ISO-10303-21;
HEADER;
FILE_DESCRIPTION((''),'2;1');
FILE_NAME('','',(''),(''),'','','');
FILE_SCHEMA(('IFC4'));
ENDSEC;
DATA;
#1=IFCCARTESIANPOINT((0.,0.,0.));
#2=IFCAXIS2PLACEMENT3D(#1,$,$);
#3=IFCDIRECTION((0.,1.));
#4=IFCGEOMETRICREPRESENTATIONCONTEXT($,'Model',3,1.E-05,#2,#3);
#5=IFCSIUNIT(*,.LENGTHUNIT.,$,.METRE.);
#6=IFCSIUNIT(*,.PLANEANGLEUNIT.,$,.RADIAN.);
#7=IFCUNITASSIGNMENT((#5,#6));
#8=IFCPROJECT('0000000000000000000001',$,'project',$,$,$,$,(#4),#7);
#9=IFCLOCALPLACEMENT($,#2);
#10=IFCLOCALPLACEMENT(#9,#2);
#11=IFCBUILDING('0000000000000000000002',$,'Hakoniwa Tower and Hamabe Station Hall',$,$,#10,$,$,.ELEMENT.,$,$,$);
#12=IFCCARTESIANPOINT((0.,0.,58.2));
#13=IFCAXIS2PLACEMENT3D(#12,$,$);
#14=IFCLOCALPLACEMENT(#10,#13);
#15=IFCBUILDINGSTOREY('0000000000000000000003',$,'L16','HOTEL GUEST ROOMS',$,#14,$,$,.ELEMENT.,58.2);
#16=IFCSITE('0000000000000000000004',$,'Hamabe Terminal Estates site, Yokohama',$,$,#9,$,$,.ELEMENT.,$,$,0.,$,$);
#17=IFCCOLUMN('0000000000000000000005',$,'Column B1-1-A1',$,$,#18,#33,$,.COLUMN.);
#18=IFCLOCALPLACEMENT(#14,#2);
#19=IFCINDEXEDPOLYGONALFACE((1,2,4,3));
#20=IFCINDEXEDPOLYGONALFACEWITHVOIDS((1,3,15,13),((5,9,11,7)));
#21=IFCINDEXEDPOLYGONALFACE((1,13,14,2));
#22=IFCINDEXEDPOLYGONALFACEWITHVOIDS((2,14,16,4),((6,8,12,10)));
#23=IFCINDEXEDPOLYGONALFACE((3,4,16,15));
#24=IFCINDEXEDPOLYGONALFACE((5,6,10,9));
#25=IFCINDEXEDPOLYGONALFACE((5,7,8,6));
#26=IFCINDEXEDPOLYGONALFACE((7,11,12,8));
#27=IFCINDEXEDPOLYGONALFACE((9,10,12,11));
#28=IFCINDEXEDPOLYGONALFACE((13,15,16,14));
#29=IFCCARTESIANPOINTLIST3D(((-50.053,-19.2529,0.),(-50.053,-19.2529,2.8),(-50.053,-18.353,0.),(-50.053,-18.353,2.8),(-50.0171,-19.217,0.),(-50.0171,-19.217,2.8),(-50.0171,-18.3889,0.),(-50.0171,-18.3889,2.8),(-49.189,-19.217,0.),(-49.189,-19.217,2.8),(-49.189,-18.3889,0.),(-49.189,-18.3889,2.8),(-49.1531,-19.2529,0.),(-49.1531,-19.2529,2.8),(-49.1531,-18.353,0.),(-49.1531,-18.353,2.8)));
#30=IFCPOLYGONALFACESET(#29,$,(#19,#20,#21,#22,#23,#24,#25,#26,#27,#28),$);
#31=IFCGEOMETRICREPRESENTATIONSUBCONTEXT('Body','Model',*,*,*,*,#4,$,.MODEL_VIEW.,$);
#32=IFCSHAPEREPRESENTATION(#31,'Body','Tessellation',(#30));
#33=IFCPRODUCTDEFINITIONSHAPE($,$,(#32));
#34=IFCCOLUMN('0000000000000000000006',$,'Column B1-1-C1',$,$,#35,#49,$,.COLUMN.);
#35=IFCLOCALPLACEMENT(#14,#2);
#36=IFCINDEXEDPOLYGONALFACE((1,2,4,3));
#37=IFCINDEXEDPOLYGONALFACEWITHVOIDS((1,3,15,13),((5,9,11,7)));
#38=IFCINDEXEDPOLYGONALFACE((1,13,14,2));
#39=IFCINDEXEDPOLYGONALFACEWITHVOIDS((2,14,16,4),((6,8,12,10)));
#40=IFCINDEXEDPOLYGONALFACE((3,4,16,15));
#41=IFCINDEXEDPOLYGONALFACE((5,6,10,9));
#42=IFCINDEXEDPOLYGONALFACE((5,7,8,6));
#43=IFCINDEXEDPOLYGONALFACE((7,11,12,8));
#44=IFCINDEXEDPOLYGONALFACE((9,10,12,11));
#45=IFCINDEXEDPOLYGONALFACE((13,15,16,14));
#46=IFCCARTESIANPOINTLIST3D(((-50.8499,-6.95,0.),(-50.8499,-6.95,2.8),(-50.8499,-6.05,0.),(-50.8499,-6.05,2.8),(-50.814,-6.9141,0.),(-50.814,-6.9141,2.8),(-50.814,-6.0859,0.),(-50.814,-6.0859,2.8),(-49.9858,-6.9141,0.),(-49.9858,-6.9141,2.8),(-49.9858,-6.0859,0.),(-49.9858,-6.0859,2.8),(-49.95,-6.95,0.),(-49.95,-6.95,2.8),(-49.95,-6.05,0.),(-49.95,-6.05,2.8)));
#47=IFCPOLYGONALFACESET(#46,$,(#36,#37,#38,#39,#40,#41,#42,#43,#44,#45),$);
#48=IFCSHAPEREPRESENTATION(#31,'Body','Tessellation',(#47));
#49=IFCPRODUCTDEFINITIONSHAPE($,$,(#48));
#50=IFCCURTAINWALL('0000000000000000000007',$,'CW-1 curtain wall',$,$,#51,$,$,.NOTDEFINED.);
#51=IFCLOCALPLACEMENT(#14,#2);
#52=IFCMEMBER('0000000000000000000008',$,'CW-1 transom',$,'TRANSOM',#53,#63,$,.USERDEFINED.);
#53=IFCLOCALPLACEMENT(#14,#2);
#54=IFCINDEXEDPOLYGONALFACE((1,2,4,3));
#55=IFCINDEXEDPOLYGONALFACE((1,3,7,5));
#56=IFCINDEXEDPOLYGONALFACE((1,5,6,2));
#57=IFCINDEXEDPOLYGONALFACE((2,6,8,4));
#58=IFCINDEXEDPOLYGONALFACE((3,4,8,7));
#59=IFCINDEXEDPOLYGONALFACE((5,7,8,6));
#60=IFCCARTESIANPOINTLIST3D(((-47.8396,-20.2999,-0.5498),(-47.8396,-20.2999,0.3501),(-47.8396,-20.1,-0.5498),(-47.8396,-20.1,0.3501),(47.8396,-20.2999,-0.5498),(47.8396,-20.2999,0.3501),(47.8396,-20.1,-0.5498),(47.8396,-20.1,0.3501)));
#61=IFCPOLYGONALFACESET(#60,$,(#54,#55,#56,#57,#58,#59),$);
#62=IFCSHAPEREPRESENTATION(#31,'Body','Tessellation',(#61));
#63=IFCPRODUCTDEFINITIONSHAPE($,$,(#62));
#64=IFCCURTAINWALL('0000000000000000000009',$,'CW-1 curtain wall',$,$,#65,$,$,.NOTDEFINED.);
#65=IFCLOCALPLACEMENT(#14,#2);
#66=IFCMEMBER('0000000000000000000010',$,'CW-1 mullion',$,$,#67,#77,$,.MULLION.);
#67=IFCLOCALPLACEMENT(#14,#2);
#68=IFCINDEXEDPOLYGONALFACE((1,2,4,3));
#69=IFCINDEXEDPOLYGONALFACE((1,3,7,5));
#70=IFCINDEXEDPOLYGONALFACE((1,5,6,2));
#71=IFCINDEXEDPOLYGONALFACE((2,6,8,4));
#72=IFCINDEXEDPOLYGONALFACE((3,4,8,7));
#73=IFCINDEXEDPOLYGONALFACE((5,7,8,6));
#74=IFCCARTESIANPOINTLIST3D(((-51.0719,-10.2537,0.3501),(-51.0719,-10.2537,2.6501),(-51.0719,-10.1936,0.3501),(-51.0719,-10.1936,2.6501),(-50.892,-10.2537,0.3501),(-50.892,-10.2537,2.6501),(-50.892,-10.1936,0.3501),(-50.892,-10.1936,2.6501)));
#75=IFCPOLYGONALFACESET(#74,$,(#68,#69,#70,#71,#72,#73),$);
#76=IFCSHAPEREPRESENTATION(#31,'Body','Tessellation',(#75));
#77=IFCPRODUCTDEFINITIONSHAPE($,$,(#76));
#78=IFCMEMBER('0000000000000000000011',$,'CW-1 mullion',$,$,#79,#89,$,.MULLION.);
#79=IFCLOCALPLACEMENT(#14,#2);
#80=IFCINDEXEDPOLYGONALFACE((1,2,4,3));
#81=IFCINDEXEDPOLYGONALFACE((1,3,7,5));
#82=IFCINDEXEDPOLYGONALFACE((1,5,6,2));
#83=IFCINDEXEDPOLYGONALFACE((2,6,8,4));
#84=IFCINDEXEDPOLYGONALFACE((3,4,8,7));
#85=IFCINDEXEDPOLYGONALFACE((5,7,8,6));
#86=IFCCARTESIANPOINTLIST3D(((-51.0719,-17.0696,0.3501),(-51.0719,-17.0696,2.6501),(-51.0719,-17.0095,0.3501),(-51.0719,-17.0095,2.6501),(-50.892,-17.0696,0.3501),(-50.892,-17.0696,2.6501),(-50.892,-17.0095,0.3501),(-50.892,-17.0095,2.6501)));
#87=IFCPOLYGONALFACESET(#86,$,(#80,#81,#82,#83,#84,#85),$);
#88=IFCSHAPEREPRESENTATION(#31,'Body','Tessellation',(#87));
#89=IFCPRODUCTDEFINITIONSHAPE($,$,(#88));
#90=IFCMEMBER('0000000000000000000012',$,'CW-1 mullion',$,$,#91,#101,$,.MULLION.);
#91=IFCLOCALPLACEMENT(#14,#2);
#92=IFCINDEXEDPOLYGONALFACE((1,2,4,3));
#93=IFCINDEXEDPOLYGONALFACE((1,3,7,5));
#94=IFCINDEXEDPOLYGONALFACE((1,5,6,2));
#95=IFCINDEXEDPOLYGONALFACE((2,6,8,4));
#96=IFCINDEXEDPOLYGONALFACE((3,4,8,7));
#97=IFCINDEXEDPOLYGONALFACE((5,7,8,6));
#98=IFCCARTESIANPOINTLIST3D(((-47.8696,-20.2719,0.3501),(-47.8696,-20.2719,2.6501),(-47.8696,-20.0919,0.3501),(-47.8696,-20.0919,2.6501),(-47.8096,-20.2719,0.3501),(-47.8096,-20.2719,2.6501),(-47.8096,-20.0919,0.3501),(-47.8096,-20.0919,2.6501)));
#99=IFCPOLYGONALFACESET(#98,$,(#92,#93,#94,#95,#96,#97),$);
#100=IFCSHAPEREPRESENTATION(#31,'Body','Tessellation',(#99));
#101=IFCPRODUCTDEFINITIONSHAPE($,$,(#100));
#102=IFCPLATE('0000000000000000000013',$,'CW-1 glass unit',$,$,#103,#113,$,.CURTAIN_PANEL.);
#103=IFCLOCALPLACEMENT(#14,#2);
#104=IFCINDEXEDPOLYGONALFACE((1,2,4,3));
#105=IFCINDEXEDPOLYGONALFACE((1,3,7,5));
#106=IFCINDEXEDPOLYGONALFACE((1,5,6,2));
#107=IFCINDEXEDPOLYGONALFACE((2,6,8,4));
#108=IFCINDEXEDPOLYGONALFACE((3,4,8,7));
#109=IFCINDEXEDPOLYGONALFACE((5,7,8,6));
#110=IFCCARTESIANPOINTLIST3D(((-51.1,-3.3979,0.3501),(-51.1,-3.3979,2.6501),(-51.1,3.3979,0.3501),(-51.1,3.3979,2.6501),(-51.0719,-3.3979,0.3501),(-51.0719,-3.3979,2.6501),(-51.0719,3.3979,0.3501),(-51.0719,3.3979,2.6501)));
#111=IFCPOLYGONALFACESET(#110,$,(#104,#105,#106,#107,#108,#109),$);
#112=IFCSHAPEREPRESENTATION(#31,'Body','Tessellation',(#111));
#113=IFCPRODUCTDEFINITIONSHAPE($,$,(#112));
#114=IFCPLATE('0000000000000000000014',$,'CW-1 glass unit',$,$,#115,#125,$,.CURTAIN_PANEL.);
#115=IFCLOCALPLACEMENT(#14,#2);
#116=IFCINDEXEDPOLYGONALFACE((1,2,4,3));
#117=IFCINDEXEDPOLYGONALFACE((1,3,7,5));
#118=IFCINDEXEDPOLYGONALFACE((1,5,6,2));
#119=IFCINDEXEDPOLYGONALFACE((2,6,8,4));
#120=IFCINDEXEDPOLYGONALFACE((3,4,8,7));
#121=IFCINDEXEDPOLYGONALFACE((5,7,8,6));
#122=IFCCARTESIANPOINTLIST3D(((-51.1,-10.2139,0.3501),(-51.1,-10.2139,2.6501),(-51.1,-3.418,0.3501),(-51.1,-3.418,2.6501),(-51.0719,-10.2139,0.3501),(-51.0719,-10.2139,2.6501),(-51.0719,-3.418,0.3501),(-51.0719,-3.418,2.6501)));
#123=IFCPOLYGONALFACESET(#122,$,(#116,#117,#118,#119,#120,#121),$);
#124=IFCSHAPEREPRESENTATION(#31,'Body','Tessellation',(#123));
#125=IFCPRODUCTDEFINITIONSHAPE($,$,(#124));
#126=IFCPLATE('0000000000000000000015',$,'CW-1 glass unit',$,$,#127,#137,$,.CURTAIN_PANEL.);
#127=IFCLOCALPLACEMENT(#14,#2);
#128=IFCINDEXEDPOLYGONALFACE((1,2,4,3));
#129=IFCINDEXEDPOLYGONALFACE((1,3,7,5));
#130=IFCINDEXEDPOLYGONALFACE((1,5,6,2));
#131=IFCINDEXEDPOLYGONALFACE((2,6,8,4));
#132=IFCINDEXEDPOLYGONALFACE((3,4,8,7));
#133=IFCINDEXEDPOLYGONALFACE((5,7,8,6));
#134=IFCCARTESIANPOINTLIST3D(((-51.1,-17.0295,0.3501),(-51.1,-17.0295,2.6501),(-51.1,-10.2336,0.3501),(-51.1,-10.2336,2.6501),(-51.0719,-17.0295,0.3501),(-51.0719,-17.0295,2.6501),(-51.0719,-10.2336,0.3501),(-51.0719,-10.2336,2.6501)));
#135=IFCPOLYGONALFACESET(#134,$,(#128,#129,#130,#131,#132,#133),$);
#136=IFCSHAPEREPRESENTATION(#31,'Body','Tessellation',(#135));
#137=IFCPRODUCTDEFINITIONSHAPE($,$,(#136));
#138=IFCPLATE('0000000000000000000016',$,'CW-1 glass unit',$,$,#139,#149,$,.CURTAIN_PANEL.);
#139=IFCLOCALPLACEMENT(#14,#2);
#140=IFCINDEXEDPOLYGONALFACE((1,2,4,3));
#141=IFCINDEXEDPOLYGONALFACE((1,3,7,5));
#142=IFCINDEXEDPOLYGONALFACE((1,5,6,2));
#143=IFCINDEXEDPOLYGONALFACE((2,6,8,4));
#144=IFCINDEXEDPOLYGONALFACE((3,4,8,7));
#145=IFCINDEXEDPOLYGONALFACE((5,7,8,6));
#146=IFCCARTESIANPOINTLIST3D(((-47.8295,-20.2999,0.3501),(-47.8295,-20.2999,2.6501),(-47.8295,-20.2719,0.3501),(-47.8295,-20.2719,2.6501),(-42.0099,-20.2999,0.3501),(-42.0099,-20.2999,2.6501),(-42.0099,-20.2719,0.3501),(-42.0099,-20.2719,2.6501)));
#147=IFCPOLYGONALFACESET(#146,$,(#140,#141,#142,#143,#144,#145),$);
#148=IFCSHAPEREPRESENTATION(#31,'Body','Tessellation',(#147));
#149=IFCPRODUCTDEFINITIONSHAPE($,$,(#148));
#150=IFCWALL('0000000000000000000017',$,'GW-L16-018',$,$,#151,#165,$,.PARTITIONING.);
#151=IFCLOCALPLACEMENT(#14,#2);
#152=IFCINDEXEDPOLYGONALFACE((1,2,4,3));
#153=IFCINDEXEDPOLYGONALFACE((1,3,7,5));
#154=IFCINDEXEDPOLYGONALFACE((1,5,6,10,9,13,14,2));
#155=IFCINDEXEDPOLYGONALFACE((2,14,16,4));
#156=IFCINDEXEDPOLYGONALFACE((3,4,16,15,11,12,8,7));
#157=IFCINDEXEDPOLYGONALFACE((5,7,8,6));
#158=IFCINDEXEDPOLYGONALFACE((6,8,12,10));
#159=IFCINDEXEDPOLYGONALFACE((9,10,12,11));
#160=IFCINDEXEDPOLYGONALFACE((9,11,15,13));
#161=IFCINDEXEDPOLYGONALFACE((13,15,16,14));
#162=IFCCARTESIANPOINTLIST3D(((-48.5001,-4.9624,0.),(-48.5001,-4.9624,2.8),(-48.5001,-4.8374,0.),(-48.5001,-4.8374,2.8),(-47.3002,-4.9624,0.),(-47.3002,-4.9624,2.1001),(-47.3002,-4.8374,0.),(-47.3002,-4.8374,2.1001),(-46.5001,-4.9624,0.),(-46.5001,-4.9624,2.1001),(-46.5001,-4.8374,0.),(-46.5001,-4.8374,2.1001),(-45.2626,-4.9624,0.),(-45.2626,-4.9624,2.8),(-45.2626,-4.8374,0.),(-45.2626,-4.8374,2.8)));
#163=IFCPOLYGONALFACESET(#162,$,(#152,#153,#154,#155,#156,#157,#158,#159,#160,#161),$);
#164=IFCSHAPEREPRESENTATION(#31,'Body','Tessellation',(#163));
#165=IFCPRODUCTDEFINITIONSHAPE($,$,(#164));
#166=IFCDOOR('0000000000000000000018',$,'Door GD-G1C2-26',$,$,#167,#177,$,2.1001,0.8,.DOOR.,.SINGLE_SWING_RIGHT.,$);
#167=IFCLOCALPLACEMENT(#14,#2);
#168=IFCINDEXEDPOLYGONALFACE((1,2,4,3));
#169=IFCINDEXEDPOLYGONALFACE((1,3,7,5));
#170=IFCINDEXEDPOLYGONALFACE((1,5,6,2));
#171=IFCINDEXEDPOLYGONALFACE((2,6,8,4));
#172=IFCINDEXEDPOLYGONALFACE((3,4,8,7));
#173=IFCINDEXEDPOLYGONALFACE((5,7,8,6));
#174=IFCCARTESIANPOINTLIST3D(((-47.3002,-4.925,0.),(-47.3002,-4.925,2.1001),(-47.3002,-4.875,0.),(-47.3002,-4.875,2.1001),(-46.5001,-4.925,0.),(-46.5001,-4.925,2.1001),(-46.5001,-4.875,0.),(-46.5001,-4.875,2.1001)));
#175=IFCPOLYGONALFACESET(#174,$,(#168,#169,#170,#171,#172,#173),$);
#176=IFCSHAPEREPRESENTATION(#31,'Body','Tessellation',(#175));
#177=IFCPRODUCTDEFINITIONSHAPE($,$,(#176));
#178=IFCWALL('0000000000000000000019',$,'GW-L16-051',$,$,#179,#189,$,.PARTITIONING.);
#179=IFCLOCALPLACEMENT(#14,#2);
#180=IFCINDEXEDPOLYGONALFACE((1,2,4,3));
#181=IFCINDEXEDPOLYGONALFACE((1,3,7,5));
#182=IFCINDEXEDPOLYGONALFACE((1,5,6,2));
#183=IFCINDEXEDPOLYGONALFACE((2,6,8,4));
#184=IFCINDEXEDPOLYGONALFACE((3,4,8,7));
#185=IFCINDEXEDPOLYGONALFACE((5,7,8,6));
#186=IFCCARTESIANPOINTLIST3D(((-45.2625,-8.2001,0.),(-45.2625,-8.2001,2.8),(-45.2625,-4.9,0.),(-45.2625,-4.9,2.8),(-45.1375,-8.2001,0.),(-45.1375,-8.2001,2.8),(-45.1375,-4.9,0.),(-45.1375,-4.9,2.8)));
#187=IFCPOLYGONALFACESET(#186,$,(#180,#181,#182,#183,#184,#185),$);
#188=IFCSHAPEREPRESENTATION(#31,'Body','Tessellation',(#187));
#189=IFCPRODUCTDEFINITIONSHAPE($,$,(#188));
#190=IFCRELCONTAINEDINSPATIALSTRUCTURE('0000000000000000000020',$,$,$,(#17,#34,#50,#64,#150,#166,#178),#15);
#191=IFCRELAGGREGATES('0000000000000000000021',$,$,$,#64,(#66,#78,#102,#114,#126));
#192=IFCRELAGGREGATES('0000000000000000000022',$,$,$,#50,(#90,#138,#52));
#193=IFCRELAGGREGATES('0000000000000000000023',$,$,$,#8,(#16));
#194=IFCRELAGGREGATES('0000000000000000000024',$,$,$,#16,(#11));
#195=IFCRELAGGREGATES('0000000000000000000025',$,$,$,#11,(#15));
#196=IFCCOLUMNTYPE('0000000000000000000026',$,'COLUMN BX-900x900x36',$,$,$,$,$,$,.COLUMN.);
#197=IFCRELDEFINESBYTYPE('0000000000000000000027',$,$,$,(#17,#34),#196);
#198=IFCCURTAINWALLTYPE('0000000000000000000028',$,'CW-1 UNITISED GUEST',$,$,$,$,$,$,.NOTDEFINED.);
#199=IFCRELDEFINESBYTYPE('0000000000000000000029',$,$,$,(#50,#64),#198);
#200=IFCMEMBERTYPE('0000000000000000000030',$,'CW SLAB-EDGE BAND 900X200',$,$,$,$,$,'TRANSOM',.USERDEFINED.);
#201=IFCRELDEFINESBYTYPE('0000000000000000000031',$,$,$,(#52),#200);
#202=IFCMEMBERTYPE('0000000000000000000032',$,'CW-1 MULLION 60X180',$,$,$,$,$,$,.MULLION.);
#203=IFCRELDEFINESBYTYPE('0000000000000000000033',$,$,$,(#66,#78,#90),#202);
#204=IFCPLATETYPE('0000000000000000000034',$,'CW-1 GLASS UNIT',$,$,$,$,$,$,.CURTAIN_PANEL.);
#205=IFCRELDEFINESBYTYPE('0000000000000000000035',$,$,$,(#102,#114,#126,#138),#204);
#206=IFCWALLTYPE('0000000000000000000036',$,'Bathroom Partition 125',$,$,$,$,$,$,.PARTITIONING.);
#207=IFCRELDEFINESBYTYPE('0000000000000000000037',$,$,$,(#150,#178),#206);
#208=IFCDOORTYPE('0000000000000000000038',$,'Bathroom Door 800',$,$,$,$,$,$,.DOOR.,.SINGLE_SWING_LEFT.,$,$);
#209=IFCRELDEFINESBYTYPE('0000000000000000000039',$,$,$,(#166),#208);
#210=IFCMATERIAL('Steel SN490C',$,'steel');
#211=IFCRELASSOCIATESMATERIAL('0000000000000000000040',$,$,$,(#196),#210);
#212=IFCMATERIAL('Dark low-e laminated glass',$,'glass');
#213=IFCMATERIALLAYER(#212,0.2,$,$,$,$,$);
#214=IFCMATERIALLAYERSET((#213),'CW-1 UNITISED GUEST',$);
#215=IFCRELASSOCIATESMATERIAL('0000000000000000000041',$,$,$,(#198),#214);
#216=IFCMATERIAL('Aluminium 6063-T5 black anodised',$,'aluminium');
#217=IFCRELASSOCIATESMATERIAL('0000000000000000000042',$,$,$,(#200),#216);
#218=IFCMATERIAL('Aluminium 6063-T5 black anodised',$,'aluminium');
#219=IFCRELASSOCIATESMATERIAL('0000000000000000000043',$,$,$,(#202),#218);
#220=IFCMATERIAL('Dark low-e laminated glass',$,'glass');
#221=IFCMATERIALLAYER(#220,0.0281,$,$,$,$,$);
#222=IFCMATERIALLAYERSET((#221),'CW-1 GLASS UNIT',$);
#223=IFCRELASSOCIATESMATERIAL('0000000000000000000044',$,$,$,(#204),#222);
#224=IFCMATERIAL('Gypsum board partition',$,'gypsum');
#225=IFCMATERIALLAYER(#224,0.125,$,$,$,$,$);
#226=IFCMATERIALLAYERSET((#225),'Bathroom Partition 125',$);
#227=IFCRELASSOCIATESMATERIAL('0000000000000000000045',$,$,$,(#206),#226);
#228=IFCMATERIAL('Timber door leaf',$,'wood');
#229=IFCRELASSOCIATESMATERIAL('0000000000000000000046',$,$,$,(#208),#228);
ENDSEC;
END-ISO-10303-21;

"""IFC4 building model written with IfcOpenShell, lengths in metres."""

from ifc_helpers import new_model, si_unit, direction, frame, frame_2d, origin, origin_2d, place, context, subcontext, project, spatial, rectangle, hollow_rectangle, extrude, material, layer, layer_set, material_profile, profile_set, type_object, element, fill, aggregate, save


model = new_model("IFC4")

# Units and contexts
model_context = context("Model", 3, precision=1e-05, world=origin(), true_north=direction((0.0, 1.0)))
body_context = subcontext(model_context, "Body", "Model", "MODEL_VIEW")
ifc_project = project(units=[si_unit("LENGTHUNIT", "METRE"), si_unit("PLANEANGLEUNIT", "RADIAN")], contexts=[model_context])

# Site, building, storey
site_placement = place(None, origin())
site = spatial("IfcSite", under=ifc_project, at=site_placement, Name="Hamabe Terminal Estates site, Yokohama", CompositionType="ELEMENT", RefElevation=0.0)
building_placement = place(site_placement, origin())
building = spatial("IfcBuilding", under=site, at=building_placement, Name="Hakoniwa Tower and Hamabe Station Hall", CompositionType="ELEMENT")
storey_placement = place(building_placement, frame((0.0, 0.0, 58.2)))
storey = spatial("IfcBuildingStorey", under=building, at=storey_placement, Name="L16", Description="HOTEL GUEST ROOMS", CompositionType="ELEMENT", Elevation=58.2)

# Columns
ifc_material_1 = material(Name="Steel SN490C", Category="steel")
ifc_material_profile_1 = material_profile(ifc_material_1, hollow_rectangle(XDim=0.8999, YDim=0.8999, WallThickness=0.0359, at=origin_2d()), Name="BX-900x900x36")
ifc_profile_set_1 = profile_set([ifc_material_profile_1], Name="Steel SN490C")
column_type = type_object("IfcColumnType", Name="COLUMN BX-900x900x36", PredefinedType="COLUMN", material=ifc_profile_set_1)
for number, where, z_axis, x_axis, name in (
    (1, (-49.603, -18.803, 0.0), (0.0, 0.0, 1.0), (1.0, 0.0, 0.0), "Column B1-1-A1"),
    (2, (-50.3999, -6.5, 0.0), (0.0, 0.0, 1.0), (1.0, 0.0, 0.0), "Column B1-1-C1"),
):
    element("IfcColumn", number, at=place(storey_placement, frame(where, z_axis=z_axis, x_axis=x_axis)), inside=storey, type_object=column_type, Name=name, PredefinedType="COLUMN", context=body_context, shape_type="SweptSolid", body=[
        extrude(hollow_rectangle(XDim=0.8999, YDim=0.8999, WallThickness=0.0359, at=origin_2d()), origin(), (0.0, 0.0, 1.0), 2.8),
    ])

# Curtain wall, member
ifc_material_2 = material(Name="Dark low-e laminated glass", Category="glass")
ifc_layer_1 = layer(ifc_material_2, 0.2)
ifc_layer_set_1 = layer_set([ifc_layer_1], Name="CW-1 UNITISED GUEST")
curtain_wall_type = type_object("IfcCurtainWallType", Name="CW-1 UNITISED GUEST", PredefinedType="NOTDEFINED", material=ifc_layer_set_1)
curtain_wall_1_placement = place(storey_placement, origin())
curtain_wall_1 = element("IfcCurtainWall", 3, at=curtain_wall_1_placement, inside=storey, type_object=curtain_wall_type, Name="CW-1 curtain wall", PredefinedType="NOTDEFINED")
ifc_material_3 = material(Name="Aluminium 6063-T5 black anodised", Category="aluminium")
ifc_material_profile_2 = material_profile(ifc_material_3, rectangle(XDim=0.2, YDim=0.8999, at=origin_2d()), Name="CW SLAB-EDGE BAND 900X200")
ifc_profile_set_2 = profile_set([ifc_material_profile_2], Name="Aluminium 6063-T5 black anodised")
member_type_1 = type_object("IfcMemberType", Name="CW SLAB-EDGE BAND 900X200", ElementType="TRANSOM", PredefinedType="USERDEFINED", material=ifc_profile_set_2)
member_1_placement = place(storey_placement, frame((-47.8396, -20.2, -0.0999), z_axis=(1.0, 0.0, 0.0), x_axis=(0.0, 1.0, 0.0)))
member_1 = element("IfcMember", 4, at=member_1_placement, type_object=member_type_1, Name="CW-1 transom", ObjectType="TRANSOM", PredefinedType="USERDEFINED", context=body_context, shape_type="SweptSolid", body=[
    extrude(rectangle(XDim=0.2, YDim=0.8999, at=origin_2d()), origin(), (0.0, 0.0, 1.0), 95.6792),
])

# Curtain wall, members
curtain_wall_2_placement = place(storey_placement, origin())
curtain_wall_2 = element("IfcCurtainWall", 5, at=curtain_wall_2_placement, inside=storey, type_object=curtain_wall_type, Name="CW-1 curtain wall", PredefinedType="NOTDEFINED")
ifc_material_4 = material(Name="Aluminium 6063-T5 black anodised", Category="aluminium")
ifc_material_profile_3 = material_profile(ifc_material_4, rectangle(XDim=0.0601, YDim=0.1799, at=origin_2d()), Name="CW-1 MULLION 60X180")
ifc_profile_set_3 = profile_set([ifc_material_profile_3], Name="Aluminium 6063-T5 black anodised")
member_type_2 = type_object("IfcMemberType", Name="CW-1 MULLION 60X180", PredefinedType="MULLION", material=ifc_profile_set_3)
member_2_placement = place(storey_placement, frame((-50.9819, -10.2236, 0.3501), z_axis=(0.0, 0.0, 1.0), x_axis=(0.0, -1.0, 0.0)))
member_2 = element("IfcMember", 6, at=member_2_placement, type_object=member_type_2, Name="CW-1 mullion", PredefinedType="MULLION", context=body_context, shape_type="SweptSolid", body=[
    extrude(rectangle(XDim=0.0601, YDim=0.1799, at=origin_2d()), origin(), (0.0, 0.0, 1.0), 2.3),
])
member_3_placement = place(storey_placement, frame((-50.9819, -17.0396, 0.3501), z_axis=(0.0, 0.0, 1.0), x_axis=(0.0, -1.0, 0.0)))
member_3 = element("IfcMember", 7, at=member_3_placement, type_object=member_type_2, Name="CW-1 mullion", PredefinedType="MULLION", context=body_context, shape_type="SweptSolid", body=[
    extrude(rectangle(XDim=0.0601, YDim=0.1799, at=origin_2d()), origin(), (0.0, 0.0, 1.0), 2.3),
])

# Member
member_4_placement = place(storey_placement, frame((-47.8396, -20.1819, 0.3501), z_axis=(0.0, 0.0, 1.0), x_axis=(1.0, 0.0, 0.0)))
member_4 = element("IfcMember", 8, at=member_4_placement, type_object=member_type_2, Name="CW-1 mullion", PredefinedType="MULLION", context=body_context, shape_type="SweptSolid", body=[
    extrude(rectangle(XDim=0.0601, YDim=0.1799, at=origin_2d()), origin(), (0.0, 0.0, 1.0), 2.3),
])

# Plates
ifc_material_5 = material(Name="Dark low-e laminated glass", Category="glass")
ifc_layer_2 = layer(ifc_material_5, 0.0281)
ifc_layer_set_2 = layer_set([ifc_layer_2], Name="CW-1 GLASS UNIT")
plate_type = type_object("IfcPlateType", Name="CW-1 GLASS UNIT", PredefinedType="CURTAIN_PANEL", material=ifc_layer_set_2)
plate_1_placement = place(storey_placement, frame((-51.0859, 0.0, 0.3501), z_axis=(0.0, 0.0, 1.0), x_axis=(0.0, -1.0, 0.0)))
plate_1 = element("IfcPlate", 9, at=plate_1_placement, type_object=plate_type, Name="CW-1 glass unit", PredefinedType="CURTAIN_PANEL", context=body_context, shape_type="SweptSolid", body=[
    extrude(rectangle(XDim=6.7959, YDim=0.0281, at=origin_2d()), origin(), (0.0, 0.0, 1.0), 2.3),
])
plate_2_placement = place(storey_placement, frame((-51.0859, -6.8159, 0.3501), z_axis=(0.0, 0.0, 1.0), x_axis=(0.0, -1.0, 0.0)))
plate_2 = element("IfcPlate", 10, at=plate_2_placement, type_object=plate_type, Name="CW-1 glass unit", PredefinedType="CURTAIN_PANEL", context=body_context, shape_type="SweptSolid", body=[
    extrude(rectangle(XDim=6.7959, YDim=0.0281, at=origin_2d()), origin(), (0.0, 0.0, 1.0), 2.3),
])
plate_3_placement = place(storey_placement, frame((-51.0859, -13.6316, 0.3501), z_axis=(0.0, 0.0, 1.0), x_axis=(0.0, -1.0, 0.0)))
plate_3 = element("IfcPlate", 11, at=plate_3_placement, type_object=plate_type, Name="CW-1 glass unit", PredefinedType="CURTAIN_PANEL", context=body_context, shape_type="SweptSolid", body=[
    extrude(rectangle(XDim=6.7959, YDim=0.0281, at=origin_2d()), origin(), (0.0, 0.0, 1.0), 2.3),
])
aggregate(curtain_wall_2, [member_2, member_3, plate_1, plate_2, plate_3])
plate_4_placement = place(storey_placement, frame((-44.9197, -20.2859, 0.3501), z_axis=(0.0, 0.0, 1.0), x_axis=(1.0, 0.0, 0.0)))
plate_4 = element("IfcPlate", 12, at=plate_4_placement, type_object=plate_type, Name="CW-1 glass unit", PredefinedType="CURTAIN_PANEL", context=body_context, shape_type="SweptSolid", body=[
    extrude(rectangle(XDim=5.8196, YDim=0.0281, at=origin_2d()), origin(), (0.0, 0.0, 1.0), 2.3),
])
aggregate(curtain_wall_1, [member_4, plate_4, member_1])

# Wall, opening, door
ifc_material_6 = material(Name="Gypsum board partition", Category="gypsum")
ifc_layer_3 = layer(ifc_material_6, 0.125)
ifc_layer_set_3 = layer_set([ifc_layer_3], Name="Bathroom Partition 125")
wall_type_1 = type_object("IfcWallType", Name="Bathroom Partition 125", PredefinedType="PARTITIONING", material=ifc_layer_set_3)
wall_1_placement = place(storey_placement, frame((-48.5, -4.8999, 0.0), z_axis=(0.0, 0.0, 1.0), x_axis=(1.0, 0.0, 0.0)))
wall_1 = element("IfcWall", 13, at=wall_1_placement, inside=storey, type_object=wall_type_1, Name="GW-L16-018", PredefinedType="PARTITIONING", context=body_context, shape_type="SweptSolid", body=[
    extrude(rectangle(XDim=3.2375, YDim=0.125, at=frame_2d((1.6187, 0.0))), origin(), (0.0, 0.0, 1.0), 2.8),
])
opening_1_placement = place(wall_1_placement, frame((1.2, 0.0, 0.0)))
opening_1 = element("IfcOpeningElement", 14, at=opening_1_placement, cuts=wall_1, PredefinedType="OPENING", context=body_context, shape_type="SweptSolid", body=[
    extrude(rectangle(XDim=0.8, YDim=2.1001, at=frame_2d((0.3999, 1.05))), frame((0.0, 0.0725, 0.0), z_axis=(0.0, -1.0, 0.0), x_axis=(1.0, 0.0, 0.0)), (0.0, 0.0, 1.0), 0.145),
])
ifc_material_7 = material(Name="Timber door leaf", Category="wood")
door_type_1 = type_object("IfcDoorType", Name="Bathroom Door 800", OperationType="SINGLE_SWING_LEFT", PredefinedType="DOOR", material=ifc_material_7)
door_1_placement = place(opening_1_placement, origin())
door_1 = element("IfcDoor", 15, at=door_1_placement, inside=storey, type_object=door_type_1, Name="Door GD-G1C2-26", OperationType="SINGLE_SWING_RIGHT", OverallHeight=2.1001, OverallWidth=0.8, PredefinedType="DOOR", context=body_context, shape_type="SweptSolid", body=[
    extrude(rectangle(XDim=0.8, YDim=2.1001, at=frame_2d((0.3999, 1.05))), frame((0.0, 0.0249, 0.0), z_axis=(0.0, -1.0, 0.0), x_axis=(1.0, 0.0, 0.0)), (0.0, 0.0, 1.0), 0.05),
])
fill(opening_1, door_1)

# Wall
wall_2_placement = place(storey_placement, frame((-45.2, -8.2, 0.0), z_axis=(0.0, 0.0, 1.0), x_axis=(0.0, 1.0, 0.0)))
element("IfcWall", 16, at=wall_2_placement, inside=storey, type_object=wall_type_1, Name="GW-L16-051", PredefinedType="PARTITIONING", context=body_context, shape_type="SweptSolid", body=[
    extrude(rectangle(XDim=3.3, YDim=0.125, at=frame_2d((1.6499, 0.0))), origin(), (0.0, 0.0, 1.0), 2.8),
])

save(model, "model.ifc")
